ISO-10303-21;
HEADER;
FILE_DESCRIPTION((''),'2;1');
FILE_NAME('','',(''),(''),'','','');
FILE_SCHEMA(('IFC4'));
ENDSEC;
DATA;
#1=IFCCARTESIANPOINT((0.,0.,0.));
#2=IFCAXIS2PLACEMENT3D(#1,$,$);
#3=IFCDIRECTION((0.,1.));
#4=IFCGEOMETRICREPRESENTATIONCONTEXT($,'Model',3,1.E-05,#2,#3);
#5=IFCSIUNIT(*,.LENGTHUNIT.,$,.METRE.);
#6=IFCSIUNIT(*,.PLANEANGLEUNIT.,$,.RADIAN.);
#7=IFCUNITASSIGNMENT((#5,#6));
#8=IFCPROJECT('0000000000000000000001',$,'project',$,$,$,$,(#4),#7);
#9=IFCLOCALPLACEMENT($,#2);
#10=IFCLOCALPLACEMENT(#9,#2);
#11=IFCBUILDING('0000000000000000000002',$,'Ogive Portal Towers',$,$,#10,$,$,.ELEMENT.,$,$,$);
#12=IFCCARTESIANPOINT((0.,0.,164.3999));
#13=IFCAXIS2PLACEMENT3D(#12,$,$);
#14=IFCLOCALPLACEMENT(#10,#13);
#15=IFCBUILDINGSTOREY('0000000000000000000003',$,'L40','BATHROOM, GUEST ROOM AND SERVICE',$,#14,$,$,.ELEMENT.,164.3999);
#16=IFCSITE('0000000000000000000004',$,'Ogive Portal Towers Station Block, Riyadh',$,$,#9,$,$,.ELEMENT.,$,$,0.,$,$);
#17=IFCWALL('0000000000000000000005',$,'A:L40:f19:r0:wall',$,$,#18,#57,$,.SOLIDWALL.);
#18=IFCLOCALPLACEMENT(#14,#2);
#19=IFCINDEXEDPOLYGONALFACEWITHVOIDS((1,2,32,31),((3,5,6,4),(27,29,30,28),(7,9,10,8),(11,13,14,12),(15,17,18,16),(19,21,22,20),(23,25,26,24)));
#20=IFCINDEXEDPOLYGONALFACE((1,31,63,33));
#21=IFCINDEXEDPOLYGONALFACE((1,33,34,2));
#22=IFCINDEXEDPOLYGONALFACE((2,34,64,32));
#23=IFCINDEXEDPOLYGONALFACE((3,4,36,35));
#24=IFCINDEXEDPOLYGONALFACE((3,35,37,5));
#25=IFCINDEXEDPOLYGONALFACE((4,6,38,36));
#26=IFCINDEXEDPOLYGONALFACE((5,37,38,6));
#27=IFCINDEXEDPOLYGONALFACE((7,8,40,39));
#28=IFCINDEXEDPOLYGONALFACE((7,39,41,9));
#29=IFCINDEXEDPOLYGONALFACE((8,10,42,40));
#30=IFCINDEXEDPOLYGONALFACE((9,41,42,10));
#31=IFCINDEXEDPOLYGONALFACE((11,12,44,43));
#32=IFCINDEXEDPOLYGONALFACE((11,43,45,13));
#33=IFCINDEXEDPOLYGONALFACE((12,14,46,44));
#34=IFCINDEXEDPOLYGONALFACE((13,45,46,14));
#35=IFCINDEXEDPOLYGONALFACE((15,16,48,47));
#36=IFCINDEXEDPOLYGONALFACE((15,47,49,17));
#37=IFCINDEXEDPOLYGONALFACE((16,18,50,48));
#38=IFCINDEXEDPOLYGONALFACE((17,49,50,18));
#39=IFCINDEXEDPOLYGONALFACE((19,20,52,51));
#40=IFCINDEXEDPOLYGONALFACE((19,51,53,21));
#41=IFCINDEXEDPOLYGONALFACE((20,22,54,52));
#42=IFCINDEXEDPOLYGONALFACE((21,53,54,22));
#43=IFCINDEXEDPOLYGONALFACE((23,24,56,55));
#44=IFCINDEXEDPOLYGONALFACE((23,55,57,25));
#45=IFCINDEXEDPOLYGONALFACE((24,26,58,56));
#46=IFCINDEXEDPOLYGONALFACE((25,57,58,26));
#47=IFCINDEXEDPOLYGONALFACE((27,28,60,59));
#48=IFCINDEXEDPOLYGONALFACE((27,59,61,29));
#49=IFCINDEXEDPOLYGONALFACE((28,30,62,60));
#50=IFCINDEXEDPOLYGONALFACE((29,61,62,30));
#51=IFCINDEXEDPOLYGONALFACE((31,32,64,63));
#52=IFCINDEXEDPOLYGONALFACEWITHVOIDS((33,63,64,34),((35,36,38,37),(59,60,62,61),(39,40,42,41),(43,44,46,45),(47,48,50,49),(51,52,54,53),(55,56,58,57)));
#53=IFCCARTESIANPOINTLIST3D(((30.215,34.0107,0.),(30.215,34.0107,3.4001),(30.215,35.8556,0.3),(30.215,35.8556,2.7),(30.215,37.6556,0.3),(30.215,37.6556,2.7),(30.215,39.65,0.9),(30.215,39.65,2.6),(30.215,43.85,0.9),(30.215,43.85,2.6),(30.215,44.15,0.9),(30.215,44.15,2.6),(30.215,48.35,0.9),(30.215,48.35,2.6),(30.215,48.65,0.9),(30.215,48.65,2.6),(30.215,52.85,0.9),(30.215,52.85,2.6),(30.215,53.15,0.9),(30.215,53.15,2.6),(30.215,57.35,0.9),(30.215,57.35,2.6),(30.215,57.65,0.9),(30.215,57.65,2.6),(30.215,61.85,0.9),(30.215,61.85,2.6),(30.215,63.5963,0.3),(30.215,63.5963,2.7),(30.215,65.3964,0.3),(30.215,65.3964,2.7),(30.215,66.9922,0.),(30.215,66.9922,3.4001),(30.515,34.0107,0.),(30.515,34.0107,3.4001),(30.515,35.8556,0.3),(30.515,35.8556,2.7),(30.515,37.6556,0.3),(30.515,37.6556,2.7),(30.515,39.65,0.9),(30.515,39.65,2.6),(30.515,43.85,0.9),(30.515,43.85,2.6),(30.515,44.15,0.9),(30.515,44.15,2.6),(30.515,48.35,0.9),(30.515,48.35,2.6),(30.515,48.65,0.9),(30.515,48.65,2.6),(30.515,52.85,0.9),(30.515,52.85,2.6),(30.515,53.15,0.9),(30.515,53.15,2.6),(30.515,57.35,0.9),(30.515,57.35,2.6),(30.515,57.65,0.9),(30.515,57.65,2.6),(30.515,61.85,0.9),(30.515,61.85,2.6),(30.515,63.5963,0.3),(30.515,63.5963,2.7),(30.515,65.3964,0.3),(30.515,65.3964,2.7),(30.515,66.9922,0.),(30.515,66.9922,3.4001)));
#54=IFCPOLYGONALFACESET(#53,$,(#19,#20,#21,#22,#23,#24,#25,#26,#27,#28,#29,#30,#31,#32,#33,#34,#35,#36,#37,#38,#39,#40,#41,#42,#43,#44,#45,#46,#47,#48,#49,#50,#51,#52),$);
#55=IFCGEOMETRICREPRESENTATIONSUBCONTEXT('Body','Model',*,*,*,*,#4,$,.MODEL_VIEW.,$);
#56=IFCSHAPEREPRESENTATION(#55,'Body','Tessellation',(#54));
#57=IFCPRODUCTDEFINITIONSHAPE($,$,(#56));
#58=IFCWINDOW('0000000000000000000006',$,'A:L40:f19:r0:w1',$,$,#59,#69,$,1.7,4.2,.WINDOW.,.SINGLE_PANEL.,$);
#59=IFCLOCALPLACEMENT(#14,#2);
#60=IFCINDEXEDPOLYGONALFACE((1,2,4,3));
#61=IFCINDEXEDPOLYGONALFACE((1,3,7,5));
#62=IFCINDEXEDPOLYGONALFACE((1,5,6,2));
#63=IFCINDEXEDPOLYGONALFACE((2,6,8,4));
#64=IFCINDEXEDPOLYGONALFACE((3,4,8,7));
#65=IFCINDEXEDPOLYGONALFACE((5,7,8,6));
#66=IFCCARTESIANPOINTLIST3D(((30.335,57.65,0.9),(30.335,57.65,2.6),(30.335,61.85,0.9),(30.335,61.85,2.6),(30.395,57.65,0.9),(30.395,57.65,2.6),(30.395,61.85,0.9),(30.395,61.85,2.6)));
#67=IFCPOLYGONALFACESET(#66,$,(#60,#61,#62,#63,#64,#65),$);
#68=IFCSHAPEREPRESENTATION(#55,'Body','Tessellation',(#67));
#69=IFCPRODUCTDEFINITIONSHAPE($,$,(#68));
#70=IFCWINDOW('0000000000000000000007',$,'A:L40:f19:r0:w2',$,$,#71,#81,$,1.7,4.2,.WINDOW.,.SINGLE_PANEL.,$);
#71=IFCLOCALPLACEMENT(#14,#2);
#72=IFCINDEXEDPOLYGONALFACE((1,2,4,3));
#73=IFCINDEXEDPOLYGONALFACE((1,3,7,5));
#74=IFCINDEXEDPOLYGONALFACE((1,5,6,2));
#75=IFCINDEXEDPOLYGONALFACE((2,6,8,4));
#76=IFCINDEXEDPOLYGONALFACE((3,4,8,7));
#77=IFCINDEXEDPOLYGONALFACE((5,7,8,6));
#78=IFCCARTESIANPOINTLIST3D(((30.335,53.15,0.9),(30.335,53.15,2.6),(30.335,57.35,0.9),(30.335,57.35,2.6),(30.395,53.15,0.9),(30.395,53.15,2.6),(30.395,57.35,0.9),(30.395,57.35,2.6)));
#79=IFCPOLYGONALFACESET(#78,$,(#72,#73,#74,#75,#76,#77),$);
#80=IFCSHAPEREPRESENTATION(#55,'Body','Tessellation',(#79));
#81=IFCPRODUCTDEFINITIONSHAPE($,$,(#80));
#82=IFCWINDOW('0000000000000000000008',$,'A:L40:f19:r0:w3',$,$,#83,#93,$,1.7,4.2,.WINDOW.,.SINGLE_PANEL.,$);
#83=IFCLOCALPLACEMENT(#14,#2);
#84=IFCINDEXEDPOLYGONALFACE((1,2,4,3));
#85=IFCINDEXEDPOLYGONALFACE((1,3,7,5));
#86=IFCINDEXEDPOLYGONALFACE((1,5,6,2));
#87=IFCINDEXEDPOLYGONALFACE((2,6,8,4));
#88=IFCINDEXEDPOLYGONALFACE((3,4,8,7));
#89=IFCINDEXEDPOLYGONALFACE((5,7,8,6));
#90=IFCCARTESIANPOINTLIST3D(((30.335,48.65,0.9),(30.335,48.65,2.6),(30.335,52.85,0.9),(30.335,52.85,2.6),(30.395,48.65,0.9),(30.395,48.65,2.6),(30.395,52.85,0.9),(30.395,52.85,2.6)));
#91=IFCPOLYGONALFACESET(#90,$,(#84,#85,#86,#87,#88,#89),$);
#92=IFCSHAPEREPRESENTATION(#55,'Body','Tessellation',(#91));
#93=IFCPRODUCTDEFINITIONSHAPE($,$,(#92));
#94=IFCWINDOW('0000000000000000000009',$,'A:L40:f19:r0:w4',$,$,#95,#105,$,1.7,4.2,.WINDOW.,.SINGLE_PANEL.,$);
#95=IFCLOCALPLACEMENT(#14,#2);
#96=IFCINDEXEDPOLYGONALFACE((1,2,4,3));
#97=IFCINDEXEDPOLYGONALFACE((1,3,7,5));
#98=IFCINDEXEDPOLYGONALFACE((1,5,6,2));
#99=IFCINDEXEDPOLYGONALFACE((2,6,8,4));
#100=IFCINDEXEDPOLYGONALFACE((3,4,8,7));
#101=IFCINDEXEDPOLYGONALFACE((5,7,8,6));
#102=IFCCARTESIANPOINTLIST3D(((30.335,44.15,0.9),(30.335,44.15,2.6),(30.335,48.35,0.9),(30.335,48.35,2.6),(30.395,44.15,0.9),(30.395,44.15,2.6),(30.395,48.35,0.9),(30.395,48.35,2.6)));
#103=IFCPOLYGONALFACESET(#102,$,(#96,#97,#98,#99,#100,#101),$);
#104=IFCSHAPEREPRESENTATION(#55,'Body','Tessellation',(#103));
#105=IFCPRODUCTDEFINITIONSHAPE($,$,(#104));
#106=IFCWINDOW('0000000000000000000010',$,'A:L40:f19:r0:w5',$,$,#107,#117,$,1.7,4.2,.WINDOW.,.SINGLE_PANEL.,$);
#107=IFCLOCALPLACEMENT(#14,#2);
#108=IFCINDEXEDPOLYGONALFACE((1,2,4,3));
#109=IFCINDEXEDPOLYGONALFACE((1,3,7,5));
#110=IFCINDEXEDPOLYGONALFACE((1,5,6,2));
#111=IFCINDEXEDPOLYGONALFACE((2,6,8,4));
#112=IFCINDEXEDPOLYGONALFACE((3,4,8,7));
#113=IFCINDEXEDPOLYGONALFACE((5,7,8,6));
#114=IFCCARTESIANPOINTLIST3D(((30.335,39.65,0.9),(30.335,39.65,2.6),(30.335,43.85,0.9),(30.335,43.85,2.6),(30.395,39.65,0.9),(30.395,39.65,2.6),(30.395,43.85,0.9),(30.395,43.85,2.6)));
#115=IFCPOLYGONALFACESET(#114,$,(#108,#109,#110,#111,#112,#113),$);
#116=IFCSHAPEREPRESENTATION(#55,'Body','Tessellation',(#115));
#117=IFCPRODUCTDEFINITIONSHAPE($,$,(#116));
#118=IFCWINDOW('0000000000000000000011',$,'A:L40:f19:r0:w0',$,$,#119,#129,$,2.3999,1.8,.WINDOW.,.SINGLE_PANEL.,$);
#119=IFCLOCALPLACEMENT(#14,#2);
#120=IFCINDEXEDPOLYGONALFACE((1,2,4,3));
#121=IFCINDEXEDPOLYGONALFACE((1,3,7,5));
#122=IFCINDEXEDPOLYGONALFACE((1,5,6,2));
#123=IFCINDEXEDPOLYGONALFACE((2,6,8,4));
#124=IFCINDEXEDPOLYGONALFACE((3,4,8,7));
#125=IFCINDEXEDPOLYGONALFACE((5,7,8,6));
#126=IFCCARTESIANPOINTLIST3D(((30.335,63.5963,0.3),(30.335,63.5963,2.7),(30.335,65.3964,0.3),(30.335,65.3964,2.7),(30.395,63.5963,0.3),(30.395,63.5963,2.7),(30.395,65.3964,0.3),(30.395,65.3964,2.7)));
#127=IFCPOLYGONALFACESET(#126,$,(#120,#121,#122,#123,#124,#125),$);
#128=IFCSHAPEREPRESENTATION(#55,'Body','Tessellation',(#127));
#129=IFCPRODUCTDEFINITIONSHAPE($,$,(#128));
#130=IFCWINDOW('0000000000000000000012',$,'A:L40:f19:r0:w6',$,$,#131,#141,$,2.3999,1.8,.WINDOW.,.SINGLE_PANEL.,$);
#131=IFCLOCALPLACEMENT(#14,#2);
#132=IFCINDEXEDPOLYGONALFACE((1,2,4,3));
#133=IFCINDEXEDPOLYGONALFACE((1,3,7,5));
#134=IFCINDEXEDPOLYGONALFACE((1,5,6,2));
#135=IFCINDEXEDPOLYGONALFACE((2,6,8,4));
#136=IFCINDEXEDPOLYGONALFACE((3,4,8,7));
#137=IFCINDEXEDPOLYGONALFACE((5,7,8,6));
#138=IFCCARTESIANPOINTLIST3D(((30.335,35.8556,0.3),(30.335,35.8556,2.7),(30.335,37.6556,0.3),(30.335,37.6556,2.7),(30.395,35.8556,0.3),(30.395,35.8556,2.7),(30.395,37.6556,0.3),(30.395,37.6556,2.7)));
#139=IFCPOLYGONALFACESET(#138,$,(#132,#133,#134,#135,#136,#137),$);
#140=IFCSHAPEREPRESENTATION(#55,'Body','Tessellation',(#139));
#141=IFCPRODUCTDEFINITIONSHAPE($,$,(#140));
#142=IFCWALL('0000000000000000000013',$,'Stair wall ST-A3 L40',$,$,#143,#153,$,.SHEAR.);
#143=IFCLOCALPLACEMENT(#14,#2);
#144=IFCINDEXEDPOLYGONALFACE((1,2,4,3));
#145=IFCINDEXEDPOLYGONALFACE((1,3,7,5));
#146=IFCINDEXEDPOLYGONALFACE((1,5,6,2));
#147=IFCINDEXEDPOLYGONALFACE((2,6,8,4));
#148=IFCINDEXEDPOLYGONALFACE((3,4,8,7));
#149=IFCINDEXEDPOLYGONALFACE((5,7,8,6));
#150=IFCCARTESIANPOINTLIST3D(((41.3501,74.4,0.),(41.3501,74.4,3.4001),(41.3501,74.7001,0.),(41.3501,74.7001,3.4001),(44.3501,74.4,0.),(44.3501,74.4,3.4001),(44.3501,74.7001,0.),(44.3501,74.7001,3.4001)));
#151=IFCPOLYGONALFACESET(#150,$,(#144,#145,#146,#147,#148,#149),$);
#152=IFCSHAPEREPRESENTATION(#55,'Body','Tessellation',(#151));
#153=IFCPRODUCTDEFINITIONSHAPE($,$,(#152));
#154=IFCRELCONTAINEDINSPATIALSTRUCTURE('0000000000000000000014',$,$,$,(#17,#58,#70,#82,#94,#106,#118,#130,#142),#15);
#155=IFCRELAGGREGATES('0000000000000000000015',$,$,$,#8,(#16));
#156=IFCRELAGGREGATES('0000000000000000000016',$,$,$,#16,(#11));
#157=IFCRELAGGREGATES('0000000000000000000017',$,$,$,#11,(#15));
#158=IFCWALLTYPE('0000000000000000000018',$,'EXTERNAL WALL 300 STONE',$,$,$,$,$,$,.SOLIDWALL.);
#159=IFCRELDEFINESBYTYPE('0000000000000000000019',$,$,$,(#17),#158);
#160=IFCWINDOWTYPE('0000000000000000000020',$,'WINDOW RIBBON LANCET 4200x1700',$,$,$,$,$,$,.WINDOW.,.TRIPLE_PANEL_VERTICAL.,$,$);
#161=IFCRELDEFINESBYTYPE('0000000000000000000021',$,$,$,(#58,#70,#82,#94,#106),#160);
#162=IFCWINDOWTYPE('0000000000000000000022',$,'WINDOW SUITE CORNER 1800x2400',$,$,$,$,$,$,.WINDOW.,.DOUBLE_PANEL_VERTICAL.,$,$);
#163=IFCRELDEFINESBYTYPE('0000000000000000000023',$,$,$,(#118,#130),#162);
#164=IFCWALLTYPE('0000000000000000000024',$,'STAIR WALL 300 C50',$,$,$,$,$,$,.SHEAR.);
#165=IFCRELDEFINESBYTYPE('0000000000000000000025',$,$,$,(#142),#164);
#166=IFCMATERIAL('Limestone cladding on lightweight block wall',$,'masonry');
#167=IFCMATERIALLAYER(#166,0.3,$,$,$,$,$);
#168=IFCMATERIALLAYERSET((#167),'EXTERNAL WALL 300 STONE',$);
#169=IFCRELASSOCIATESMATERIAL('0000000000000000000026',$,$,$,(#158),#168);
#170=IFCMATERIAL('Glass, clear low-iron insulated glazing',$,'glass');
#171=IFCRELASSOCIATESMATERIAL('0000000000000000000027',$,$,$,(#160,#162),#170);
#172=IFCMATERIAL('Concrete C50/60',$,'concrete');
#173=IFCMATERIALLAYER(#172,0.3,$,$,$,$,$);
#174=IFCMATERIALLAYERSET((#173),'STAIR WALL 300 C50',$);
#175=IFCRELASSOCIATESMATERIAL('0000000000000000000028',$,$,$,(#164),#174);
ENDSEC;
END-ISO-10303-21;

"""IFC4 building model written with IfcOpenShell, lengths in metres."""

from ifc_helpers import new_model, si_unit, direction, frame, frame_2d, origin, place, context, subcontext, project, spatial, rectangle, extrude, material, layer, layer_set, type_object, element, fill, save


model = new_model("IFC4")

# Units and contexts
model_context = context("Model", 3, precision=1e-05, world=origin(), true_north=direction((0.0, 1.0)))
body_context = subcontext(model_context, "Body", "Model", "MODEL_VIEW")
ifc_project = project(units=[si_unit("LENGTHUNIT", "METRE"), si_unit("PLANEANGLEUNIT", "RADIAN")], contexts=[model_context])

# Site, building, storey
site_placement = place(None, origin())
site = spatial("IfcSite", under=ifc_project, at=site_placement, Name="Ogive Portal Towers Station Block, Riyadh", CompositionType="ELEMENT", RefElevation=0.0)
building_placement = place(site_placement, origin())
building = spatial("IfcBuilding", under=site, at=building_placement, Name="Ogive Portal Towers", CompositionType="ELEMENT")
storey_placement = place(building_placement, frame((0.0, 0.0, 164.3999)))
storey = spatial("IfcBuildingStorey", under=building, at=storey_placement, Name="L40", Description="BATHROOM, GUEST ROOM AND SERVICE", CompositionType="ELEMENT", Elevation=164.3999)

# Shared definitions
ifc_material_1 = material(Name="Glass, clear low-iron insulated glazing", Category="glass")

# Wall, openings, windows
ifc_material_2 = material(Name="Limestone cladding on lightweight block wall", Category="masonry")
ifc_layer_1 = layer(ifc_material_2, 0.3)
ifc_layer_set_1 = layer_set([ifc_layer_1], Name="EXTERNAL WALL 300 STONE")
wall_type_1 = type_object("IfcWallType", Name="EXTERNAL WALL 300 STONE", PredefinedType="SOLIDWALL", material=ifc_layer_set_1)
wall_1_placement = place(storey_placement, frame((30.365, 66.9922, 0.0), z_axis=(0.0, 0.0, 1.0), x_axis=(0.0, -1.0, 0.0)))
wall_1 = element("IfcWall", 1, at=wall_1_placement, inside=storey, type_object=wall_type_1, Name="A:L40:f19:r0:wall", PredefinedType="SOLIDWALL", context=body_context, shape_type="SweptSolid", body=[
    extrude(rectangle(XDim=32.9814, YDim=0.3, at=frame_2d((16.4907, 0.0))), origin(), (0.0, 0.0, 1.0), 3.4001),
])
opening_1_placement = place(wall_1_placement, frame((1.5959, 0.0, 0.3)))
opening_1 = element("IfcOpeningElement", 2, at=opening_1_placement, cuts=wall_1, PredefinedType="OPENING", context=body_context, shape_type="SweptSolid", body=[
    extrude(rectangle(XDim=1.8, YDim=2.3999, at=frame_2d((0.8999, 1.2))), frame((0.0, 0.1602, 0.0), z_axis=(0.0, -1.0, 0.0), x_axis=(1.0, 0.0, 0.0)), (0.0, 0.0, 1.0), 0.3201),
])
opening_2_placement = place(wall_1_placement, frame((5.1421, 0.0, 0.8999)))
opening_2 = element("IfcOpeningElement", 3, at=opening_2_placement, cuts=wall_1, PredefinedType="OPENING", context=body_context, shape_type="SweptSolid", body=[
    extrude(rectangle(XDim=4.2, YDim=1.7, at=frame_2d((2.1001, 0.8501))), frame((0.0, 0.1602, 0.0), z_axis=(0.0, -1.0, 0.0), x_axis=(1.0, 0.0, 0.0)), (0.0, 0.0, 1.0), 0.3201),
])
opening_3_placement = place(wall_1_placement, frame((9.6421, 0.0, 0.8999)))
opening_3 = element("IfcOpeningElement", 4, at=opening_3_placement, cuts=wall_1, PredefinedType="OPENING", context=body_context, shape_type="SweptSolid", body=[
    extrude(rectangle(XDim=4.2, YDim=1.7, at=frame_2d((2.1001, 0.8501))), frame((0.0, 0.1602, 0.0), z_axis=(0.0, -1.0, 0.0), x_axis=(1.0, 0.0, 0.0)), (0.0, 0.0, 1.0), 0.3201),
])
opening_4_placement = place(wall_1_placement, frame((14.1421, 0.0, 0.8999)))
opening_4 = element("IfcOpeningElement", 5, at=opening_4_placement, cuts=wall_1, PredefinedType="OPENING", context=body_context, shape_type="SweptSolid", body=[
    extrude(rectangle(XDim=4.2, YDim=1.7, at=frame_2d((2.1001, 0.8501))), frame((0.0, 0.1602, 0.0), z_axis=(0.0, -1.0, 0.0), x_axis=(1.0, 0.0, 0.0)), (0.0, 0.0, 1.0), 0.3201),
])
opening_5_placement = place(wall_1_placement, frame((18.6421, 0.0, 0.8999)))
opening_5 = element("IfcOpeningElement", 6, at=opening_5_placement, cuts=wall_1, PredefinedType="OPENING", context=body_context, shape_type="SweptSolid", body=[
    extrude(rectangle(XDim=4.2, YDim=1.7, at=frame_2d((2.1001, 0.8501))), frame((0.0, 0.1602, 0.0), z_axis=(0.0, -1.0, 0.0), x_axis=(1.0, 0.0, 0.0)), (0.0, 0.0, 1.0), 0.3201),
])
opening_6_placement = place(wall_1_placement, frame((23.1421, 0.0, 0.8999)))
opening_6 = element("IfcOpeningElement", 7, at=opening_6_placement, cuts=wall_1, PredefinedType="OPENING", context=body_context, shape_type="SweptSolid", body=[
    extrude(rectangle(XDim=4.2, YDim=1.7, at=frame_2d((2.1001, 0.8501))), frame((0.0, 0.1602, 0.0), z_axis=(0.0, -1.0, 0.0), x_axis=(1.0, 0.0, 0.0)), (0.0, 0.0, 1.0), 0.3201),
])
opening_7_placement = place(wall_1_placement, frame((29.3367, 0.0, 0.3)))
opening_7 = element("IfcOpeningElement", 8, at=opening_7_placement, cuts=wall_1, PredefinedType="OPENING", context=body_context, shape_type="SweptSolid", body=[
    extrude(rectangle(XDim=1.8, YDim=2.3999, at=frame_2d((0.8999, 1.2))), frame((0.0, 0.1602, 0.0), z_axis=(0.0, -1.0, 0.0), x_axis=(1.0, 0.0, 0.0)), (0.0, 0.0, 1.0), 0.3201),
])
window_type_1 = type_object("IfcWindowType", Name="WINDOW RIBBON LANCET 4200x1700", PartitioningType="TRIPLE_PANEL_VERTICAL", PredefinedType="WINDOW", material=ifc_material_1)
window_1_placement = place(opening_2_placement, origin())
window_1 = element("IfcWindow", 9, at=window_1_placement, inside=storey, type_object=window_type_1, Name="A:L40:f19:r0:w1", OverallHeight=1.7, OverallWidth=4.2, PartitioningType="SINGLE_PANEL", PredefinedType="WINDOW", context=body_context, shape_type="SweptSolid", body=[
    extrude(rectangle(XDim=4.2, YDim=1.7, at=frame_2d((2.1001, 0.8501))), frame((0.0, 0.03, 0.0), z_axis=(0.0, -1.0, 0.0), x_axis=(1.0, 0.0, 0.0)), (0.0, 0.0, 1.0), 0.0601),
])
fill(opening_2, window_1)
window_2_placement = place(opening_3_placement, origin())
window_2 = element("IfcWindow", 10, at=window_2_placement, inside=storey, type_object=window_type_1, Name="A:L40:f19:r0:w2", OverallHeight=1.7, OverallWidth=4.2, PartitioningType="SINGLE_PANEL", PredefinedType="WINDOW", context=body_context, shape_type="SweptSolid", body=[
    extrude(rectangle(XDim=4.2, YDim=1.7, at=frame_2d((2.1001, 0.8501))), frame((0.0, 0.03, 0.0), z_axis=(0.0, -1.0, 0.0), x_axis=(1.0, 0.0, 0.0)), (0.0, 0.0, 1.0), 0.0601),
])
fill(opening_3, window_2)
window_3_placement = place(opening_4_placement, origin())
window_3 = element("IfcWindow", 11, at=window_3_placement, inside=storey, type_object=window_type_1, Name="A:L40:f19:r0:w3", OverallHeight=1.7, OverallWidth=4.2, PartitioningType="SINGLE_PANEL", PredefinedType="WINDOW", context=body_context, shape_type="SweptSolid", body=[
    extrude(rectangle(XDim=4.2, YDim=1.7, at=frame_2d((2.1001, 0.8501))), frame((0.0, 0.03, 0.0), z_axis=(0.0, -1.0, 0.0), x_axis=(1.0, 0.0, 0.0)), (0.0, 0.0, 1.0), 0.0601),
])
fill(opening_4, window_3)
window_4_placement = place(opening_5_placement, origin())
window_4 = element("IfcWindow", 12, at=window_4_placement, inside=storey, type_object=window_type_1, Name="A:L40:f19:r0:w4", OverallHeight=1.7, OverallWidth=4.2, PartitioningType="SINGLE_PANEL", PredefinedType="WINDOW", context=body_context, shape_type="SweptSolid", body=[
    extrude(rectangle(XDim=4.2, YDim=1.7, at=frame_2d((2.1001, 0.8501))), frame((0.0, 0.03, 0.0), z_axis=(0.0, -1.0, 0.0), x_axis=(1.0, 0.0, 0.0)), (0.0, 0.0, 1.0), 0.0601),
])
fill(opening_5, window_4)
window_5_placement = place(opening_6_placement, origin())
window_5 = element("IfcWindow", 13, at=window_5_placement, inside=storey, type_object=window_type_1, Name="A:L40:f19:r0:w5", OverallHeight=1.7, OverallWidth=4.2, PartitioningType="SINGLE_PANEL", PredefinedType="WINDOW", context=body_context, shape_type="SweptSolid", body=[
    extrude(rectangle(XDim=4.2, YDim=1.7, at=frame_2d((2.1001, 0.8501))), frame((0.0, 0.03, 0.0), z_axis=(0.0, -1.0, 0.0), x_axis=(1.0, 0.0, 0.0)), (0.0, 0.0, 1.0), 0.0601),
])
fill(opening_6, window_5)
window_type_2 = type_object("IfcWindowType", Name="WINDOW SUITE CORNER 1800x2400", PartitioningType="DOUBLE_PANEL_VERTICAL", PredefinedType="WINDOW", material=ifc_material_1)
window_6_placement = place(opening_1_placement, origin())
window_6 = element("IfcWindow", 14, at=window_6_placement, inside=storey, type_object=window_type_2, Name="A:L40:f19:r0:w0", OverallHeight=2.3999, OverallWidth=1.8, PartitioningType="SINGLE_PANEL", PredefinedType="WINDOW", context=body_context, shape_type="SweptSolid", body=[
    extrude(rectangle(XDim=1.8, YDim=2.3999, at=frame_2d((0.8999, 1.2))), frame((0.0, 0.03, 0.0), z_axis=(0.0, -1.0, 0.0), x_axis=(1.0, 0.0, 0.0)), (0.0, 0.0, 1.0), 0.0601),
])
fill(opening_1, window_6)
window_7_placement = place(opening_7_placement, origin())
window_7 = element("IfcWindow", 15, at=window_7_placement, inside=storey, type_object=window_type_2, Name="A:L40:f19:r0:w6", OverallHeight=2.3999, OverallWidth=1.8, PartitioningType="SINGLE_PANEL", PredefinedType="WINDOW", context=body_context, shape_type="SweptSolid", body=[
    extrude(rectangle(XDim=1.8, YDim=2.3999, at=frame_2d((0.8999, 1.2))), frame((0.0, 0.03, 0.0), z_axis=(0.0, -1.0, 0.0), x_axis=(1.0, 0.0, 0.0)), (0.0, 0.0, 1.0), 0.0601),
])
fill(opening_7, window_7)

# Wall
ifc_material_3 = material(Name="Concrete C50/60", Category="concrete")
ifc_layer_2 = layer(ifc_material_3, 0.3)
ifc_layer_set_2 = layer_set([ifc_layer_2], Name="STAIR WALL 300 C50")
wall_type_2 = type_object("IfcWallType", Name="STAIR WALL 300 C50", PredefinedType="SHEAR", material=ifc_layer_set_2)
wall_2_placement = place(storey_placement, frame((41.3501, 74.55, 0.0), z_axis=(0.0, 0.0, 1.0), x_axis=(1.0, 0.0, 0.0)))
element("IfcWall", 16, at=wall_2_placement, inside=storey, type_object=wall_type_2, Name="Stair wall ST-A3 L40", PredefinedType="SHEAR", context=body_context, shape_type="SweptSolid", body=[
    extrude(rectangle(XDim=3.0, YDim=0.3, at=frame_2d((1.5, 0.0))), origin(), (0.0, 0.0, 1.0), 3.4001),
])

save(model, "model.ifc")
